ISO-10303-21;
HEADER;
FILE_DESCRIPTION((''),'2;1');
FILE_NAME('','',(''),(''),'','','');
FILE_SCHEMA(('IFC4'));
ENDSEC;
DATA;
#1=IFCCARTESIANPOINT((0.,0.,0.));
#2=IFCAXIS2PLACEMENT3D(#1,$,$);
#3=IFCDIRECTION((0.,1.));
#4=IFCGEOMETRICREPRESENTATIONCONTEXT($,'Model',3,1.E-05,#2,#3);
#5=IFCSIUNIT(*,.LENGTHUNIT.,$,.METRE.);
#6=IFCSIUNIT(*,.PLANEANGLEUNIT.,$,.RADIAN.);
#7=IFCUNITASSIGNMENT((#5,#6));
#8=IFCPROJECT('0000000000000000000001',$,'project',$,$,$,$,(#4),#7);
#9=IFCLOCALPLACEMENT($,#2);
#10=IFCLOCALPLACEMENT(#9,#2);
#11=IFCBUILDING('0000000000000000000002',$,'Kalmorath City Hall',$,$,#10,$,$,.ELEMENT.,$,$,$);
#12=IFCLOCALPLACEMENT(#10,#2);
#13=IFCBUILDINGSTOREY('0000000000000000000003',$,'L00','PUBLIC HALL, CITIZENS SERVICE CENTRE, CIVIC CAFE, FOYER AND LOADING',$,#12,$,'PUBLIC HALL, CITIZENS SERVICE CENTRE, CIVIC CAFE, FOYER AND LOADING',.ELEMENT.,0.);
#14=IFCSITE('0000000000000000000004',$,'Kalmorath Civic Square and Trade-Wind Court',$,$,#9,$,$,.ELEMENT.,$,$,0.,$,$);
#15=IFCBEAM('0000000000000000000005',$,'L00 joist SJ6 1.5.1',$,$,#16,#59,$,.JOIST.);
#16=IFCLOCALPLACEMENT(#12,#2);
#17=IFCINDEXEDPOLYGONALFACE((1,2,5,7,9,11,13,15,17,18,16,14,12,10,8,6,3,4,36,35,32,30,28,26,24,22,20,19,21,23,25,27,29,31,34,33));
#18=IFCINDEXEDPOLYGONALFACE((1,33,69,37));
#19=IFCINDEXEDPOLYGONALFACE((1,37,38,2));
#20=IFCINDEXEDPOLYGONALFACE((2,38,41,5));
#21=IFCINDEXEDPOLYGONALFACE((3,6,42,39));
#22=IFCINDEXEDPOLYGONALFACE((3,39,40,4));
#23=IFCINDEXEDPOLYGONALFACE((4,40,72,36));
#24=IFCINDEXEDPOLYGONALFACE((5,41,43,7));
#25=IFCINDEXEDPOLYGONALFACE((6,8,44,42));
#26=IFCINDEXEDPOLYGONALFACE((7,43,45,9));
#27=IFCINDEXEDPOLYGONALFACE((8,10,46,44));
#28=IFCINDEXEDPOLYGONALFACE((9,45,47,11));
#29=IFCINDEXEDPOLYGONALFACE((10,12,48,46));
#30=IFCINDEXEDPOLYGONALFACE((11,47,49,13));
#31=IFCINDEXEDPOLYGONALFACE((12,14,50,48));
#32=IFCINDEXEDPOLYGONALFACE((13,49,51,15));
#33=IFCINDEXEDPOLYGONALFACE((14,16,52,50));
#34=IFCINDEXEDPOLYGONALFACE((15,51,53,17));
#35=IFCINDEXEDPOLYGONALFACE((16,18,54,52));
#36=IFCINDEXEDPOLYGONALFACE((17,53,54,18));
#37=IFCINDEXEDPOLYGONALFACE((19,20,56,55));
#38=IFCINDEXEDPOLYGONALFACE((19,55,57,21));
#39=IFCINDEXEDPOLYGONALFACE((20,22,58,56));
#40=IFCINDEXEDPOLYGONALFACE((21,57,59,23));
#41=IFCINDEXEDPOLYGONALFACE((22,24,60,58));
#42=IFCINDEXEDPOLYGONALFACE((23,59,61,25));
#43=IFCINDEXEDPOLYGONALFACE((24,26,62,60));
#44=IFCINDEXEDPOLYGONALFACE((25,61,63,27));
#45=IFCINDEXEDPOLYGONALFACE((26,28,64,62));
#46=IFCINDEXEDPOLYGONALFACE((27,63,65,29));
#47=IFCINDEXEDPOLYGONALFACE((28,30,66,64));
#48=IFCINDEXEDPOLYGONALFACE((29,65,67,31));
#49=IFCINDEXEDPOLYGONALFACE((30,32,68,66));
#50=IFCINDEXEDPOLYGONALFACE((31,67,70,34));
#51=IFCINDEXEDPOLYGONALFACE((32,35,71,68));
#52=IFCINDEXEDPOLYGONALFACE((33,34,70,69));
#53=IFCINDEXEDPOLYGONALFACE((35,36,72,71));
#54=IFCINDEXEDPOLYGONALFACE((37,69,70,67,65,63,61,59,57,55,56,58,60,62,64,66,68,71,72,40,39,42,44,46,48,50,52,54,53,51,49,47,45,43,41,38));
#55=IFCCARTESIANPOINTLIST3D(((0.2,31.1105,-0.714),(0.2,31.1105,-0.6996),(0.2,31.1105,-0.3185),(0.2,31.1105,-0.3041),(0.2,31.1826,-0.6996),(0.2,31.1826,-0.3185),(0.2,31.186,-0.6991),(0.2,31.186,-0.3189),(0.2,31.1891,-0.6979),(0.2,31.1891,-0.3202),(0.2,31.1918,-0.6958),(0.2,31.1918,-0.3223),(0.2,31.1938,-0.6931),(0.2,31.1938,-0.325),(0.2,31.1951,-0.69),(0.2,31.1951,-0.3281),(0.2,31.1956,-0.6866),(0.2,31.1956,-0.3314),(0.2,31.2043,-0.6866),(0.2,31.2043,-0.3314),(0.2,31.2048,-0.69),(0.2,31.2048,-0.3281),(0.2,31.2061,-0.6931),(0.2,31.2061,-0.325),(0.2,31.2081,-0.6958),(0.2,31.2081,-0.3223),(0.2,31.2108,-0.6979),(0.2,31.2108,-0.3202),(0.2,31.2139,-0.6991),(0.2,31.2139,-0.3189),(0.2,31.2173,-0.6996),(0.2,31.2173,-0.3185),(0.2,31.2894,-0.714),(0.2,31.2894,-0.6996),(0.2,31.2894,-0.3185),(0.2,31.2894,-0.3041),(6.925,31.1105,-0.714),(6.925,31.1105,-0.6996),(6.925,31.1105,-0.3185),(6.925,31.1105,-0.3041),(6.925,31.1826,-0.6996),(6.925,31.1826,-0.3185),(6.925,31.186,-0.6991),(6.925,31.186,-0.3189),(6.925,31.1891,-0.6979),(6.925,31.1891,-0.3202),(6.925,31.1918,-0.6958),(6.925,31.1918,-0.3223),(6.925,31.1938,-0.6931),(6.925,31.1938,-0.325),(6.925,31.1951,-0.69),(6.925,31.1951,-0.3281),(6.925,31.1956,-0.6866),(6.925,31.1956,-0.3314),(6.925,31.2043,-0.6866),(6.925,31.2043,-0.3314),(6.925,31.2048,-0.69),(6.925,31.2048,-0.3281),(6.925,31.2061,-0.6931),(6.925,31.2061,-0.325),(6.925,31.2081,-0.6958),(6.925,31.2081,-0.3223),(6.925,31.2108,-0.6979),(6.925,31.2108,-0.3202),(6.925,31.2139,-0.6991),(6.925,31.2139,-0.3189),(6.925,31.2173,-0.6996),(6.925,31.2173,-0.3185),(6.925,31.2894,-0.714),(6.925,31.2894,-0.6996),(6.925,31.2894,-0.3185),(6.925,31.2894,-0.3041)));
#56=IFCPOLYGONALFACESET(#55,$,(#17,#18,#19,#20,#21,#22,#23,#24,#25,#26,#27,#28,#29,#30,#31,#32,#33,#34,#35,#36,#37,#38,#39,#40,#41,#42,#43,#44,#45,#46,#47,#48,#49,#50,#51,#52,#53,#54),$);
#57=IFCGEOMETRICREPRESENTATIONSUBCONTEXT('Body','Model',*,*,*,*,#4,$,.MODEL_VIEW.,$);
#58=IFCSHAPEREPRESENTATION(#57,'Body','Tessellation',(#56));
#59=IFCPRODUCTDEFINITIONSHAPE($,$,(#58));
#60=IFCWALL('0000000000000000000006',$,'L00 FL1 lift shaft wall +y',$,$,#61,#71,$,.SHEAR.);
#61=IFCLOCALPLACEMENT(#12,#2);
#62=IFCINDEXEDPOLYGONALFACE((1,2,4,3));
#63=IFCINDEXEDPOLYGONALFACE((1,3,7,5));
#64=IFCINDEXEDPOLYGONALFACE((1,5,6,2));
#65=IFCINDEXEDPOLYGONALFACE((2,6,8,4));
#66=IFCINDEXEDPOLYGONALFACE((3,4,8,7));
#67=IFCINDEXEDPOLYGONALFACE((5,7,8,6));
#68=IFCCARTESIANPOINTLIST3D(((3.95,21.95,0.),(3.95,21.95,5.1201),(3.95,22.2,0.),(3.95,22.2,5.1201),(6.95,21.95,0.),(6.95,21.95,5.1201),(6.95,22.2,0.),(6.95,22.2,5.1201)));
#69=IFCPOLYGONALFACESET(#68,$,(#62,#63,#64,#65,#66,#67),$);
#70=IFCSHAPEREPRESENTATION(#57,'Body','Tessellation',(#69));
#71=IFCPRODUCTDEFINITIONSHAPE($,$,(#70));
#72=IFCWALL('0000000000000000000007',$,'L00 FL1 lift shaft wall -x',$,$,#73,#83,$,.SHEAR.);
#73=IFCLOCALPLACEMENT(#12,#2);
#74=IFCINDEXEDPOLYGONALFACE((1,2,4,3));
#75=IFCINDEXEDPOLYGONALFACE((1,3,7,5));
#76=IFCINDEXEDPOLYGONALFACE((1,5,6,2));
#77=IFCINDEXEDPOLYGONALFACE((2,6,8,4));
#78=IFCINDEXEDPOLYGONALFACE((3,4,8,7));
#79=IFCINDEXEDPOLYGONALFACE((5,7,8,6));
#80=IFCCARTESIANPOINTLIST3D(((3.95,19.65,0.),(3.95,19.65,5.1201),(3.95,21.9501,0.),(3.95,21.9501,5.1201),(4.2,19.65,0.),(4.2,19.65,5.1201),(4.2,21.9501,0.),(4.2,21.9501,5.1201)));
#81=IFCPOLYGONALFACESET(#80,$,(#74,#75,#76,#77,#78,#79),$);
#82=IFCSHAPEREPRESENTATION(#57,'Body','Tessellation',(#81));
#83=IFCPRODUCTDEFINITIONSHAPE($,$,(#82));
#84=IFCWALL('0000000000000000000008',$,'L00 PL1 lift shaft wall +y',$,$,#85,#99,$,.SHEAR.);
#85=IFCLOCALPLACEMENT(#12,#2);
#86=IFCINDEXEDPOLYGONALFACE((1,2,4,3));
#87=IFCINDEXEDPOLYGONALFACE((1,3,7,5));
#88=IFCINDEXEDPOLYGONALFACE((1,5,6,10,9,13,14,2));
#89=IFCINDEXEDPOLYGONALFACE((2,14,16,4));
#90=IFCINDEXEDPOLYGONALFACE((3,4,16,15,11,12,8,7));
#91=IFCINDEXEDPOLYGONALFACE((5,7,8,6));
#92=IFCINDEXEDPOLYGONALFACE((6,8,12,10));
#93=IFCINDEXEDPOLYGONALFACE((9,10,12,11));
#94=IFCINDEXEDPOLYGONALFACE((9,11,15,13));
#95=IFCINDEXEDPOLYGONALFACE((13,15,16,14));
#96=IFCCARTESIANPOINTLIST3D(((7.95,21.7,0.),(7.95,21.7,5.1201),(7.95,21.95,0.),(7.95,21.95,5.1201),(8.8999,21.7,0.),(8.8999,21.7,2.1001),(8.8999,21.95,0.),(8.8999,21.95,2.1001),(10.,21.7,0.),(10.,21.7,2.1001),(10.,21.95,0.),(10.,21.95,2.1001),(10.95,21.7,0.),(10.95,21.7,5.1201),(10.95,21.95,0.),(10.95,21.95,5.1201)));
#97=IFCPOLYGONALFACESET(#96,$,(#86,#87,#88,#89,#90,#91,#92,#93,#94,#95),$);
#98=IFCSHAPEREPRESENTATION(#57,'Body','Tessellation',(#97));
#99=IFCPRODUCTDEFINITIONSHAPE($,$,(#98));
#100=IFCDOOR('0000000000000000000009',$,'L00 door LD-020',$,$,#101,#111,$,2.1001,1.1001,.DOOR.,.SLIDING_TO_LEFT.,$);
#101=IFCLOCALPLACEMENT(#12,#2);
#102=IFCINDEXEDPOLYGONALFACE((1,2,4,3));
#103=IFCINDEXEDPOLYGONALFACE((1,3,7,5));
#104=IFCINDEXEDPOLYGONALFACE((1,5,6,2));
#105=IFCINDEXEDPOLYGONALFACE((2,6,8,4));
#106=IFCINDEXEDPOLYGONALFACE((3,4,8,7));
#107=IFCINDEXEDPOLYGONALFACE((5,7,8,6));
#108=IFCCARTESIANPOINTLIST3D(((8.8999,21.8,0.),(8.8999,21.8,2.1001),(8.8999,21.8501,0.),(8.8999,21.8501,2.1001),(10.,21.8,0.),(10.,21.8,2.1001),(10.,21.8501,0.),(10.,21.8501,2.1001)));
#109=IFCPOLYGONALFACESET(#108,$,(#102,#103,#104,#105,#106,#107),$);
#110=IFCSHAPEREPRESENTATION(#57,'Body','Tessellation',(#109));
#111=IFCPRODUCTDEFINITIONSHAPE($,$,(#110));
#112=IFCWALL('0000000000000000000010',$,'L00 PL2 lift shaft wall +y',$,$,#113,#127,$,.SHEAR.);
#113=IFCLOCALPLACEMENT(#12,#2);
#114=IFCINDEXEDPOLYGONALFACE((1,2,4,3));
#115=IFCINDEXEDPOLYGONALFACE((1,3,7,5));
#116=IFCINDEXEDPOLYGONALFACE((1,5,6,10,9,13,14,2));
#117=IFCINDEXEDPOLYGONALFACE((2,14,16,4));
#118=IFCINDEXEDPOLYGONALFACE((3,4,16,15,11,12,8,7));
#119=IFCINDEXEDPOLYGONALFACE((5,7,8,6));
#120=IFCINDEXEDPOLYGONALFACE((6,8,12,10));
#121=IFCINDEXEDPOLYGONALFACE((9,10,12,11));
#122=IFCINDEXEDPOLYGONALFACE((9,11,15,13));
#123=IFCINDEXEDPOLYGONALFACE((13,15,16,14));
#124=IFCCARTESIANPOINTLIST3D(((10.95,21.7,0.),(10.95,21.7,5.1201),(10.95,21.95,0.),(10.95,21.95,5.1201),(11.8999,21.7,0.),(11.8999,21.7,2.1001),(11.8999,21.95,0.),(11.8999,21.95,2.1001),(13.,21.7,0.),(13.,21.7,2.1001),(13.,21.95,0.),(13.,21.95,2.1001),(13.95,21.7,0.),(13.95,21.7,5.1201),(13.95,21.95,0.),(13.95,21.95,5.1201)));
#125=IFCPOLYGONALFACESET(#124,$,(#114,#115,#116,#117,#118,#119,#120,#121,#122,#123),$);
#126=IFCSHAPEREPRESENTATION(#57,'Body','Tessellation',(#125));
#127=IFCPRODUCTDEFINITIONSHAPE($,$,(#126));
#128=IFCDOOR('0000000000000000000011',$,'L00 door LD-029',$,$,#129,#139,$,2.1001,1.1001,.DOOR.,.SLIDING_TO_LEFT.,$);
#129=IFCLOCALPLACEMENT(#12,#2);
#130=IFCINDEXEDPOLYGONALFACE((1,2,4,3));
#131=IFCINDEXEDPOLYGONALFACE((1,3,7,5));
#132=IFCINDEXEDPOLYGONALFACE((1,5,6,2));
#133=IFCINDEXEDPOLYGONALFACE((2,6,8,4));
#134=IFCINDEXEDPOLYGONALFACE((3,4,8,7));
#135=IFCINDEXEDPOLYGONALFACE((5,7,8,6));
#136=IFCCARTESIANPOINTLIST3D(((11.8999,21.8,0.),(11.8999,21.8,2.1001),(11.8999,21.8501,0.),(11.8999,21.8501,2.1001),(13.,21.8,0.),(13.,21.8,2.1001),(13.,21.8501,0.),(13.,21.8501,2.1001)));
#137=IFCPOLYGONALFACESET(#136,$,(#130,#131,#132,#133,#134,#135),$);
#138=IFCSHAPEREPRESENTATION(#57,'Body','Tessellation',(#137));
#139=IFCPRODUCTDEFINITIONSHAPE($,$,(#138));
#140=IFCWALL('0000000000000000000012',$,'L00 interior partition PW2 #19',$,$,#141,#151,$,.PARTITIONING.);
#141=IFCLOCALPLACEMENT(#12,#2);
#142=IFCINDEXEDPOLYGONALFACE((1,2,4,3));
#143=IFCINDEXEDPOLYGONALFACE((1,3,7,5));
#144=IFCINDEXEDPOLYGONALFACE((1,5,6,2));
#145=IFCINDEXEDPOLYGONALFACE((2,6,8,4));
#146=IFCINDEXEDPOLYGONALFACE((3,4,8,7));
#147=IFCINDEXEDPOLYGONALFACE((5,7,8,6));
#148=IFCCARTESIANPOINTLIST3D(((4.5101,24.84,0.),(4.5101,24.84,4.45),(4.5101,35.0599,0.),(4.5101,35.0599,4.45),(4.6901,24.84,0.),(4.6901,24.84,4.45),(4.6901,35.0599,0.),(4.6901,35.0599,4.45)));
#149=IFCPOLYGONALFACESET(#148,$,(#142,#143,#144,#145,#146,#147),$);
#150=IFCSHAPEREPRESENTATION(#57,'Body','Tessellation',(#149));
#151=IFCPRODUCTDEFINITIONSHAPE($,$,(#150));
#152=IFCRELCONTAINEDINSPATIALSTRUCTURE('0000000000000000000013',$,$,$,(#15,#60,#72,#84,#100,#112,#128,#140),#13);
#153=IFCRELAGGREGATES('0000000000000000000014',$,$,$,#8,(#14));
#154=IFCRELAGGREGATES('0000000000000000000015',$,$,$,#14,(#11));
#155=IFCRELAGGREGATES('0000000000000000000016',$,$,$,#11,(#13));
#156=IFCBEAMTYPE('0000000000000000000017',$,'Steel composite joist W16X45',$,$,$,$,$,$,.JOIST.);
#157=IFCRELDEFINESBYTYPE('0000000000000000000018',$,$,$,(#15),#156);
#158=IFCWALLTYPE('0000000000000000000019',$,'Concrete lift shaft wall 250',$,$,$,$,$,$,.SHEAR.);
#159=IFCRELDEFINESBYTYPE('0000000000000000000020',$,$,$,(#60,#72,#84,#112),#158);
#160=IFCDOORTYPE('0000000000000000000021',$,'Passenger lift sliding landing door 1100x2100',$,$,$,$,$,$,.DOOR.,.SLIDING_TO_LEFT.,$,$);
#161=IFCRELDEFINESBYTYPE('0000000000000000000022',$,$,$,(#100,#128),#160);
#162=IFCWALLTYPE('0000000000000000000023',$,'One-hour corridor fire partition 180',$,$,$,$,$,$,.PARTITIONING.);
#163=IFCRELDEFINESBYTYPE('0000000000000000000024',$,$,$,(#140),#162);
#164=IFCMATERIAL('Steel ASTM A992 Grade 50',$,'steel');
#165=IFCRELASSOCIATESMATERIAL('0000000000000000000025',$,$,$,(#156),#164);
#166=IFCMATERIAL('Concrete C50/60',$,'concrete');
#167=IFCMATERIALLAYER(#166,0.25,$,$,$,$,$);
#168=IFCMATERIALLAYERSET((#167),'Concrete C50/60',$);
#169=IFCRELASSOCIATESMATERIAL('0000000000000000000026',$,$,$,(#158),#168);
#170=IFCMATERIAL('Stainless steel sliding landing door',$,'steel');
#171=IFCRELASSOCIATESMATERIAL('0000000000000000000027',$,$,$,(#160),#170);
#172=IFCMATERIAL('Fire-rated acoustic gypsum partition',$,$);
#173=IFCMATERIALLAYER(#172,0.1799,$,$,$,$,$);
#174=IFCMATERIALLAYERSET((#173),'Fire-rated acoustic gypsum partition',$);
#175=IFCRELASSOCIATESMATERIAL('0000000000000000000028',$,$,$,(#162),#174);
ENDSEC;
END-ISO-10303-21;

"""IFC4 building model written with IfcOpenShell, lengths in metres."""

from ifc_helpers import new_model, si_unit, direction, frame, frame_2d, origin, origin_2d, place, context, subcontext, project, spatial, rectangle, i_section, extrude, material, layer, layer_set, material_profile, profile_set, type_object, element, fill, save


model = new_model("IFC4")

# Units and contexts
model_context = context("Model", 3, precision=1e-05, world=origin(), true_north=direction((0.0, 1.0)))
body_context = subcontext(model_context, "Body", "Model", "MODEL_VIEW")
ifc_project = project(units=[si_unit("LENGTHUNIT", "METRE"), si_unit("PLANEANGLEUNIT", "RADIAN")], contexts=[model_context])

# Site, building, storey
site_placement = place(None, origin())
site = spatial("IfcSite", under=ifc_project, at=site_placement, Name="Kalmorath Civic Square and Trade-Wind Court", CompositionType="ELEMENT", RefElevation=0.0)
building_placement = place(site_placement, origin())
building = spatial("IfcBuilding", under=site, at=building_placement, Name="Kalmorath City Hall", CompositionType="ELEMENT")
storey_placement = place(building_placement, origin())
storey = spatial("IfcBuildingStorey", under=building, at=storey_placement, Name="L00", Description="PUBLIC HALL, CITIZENS SERVICE CENTRE, CIVIC CAFE, FOYER AND LOADING", LongName="PUBLIC HALL, CITIZENS SERVICE CENTRE, CIVIC CAFE, FOYER AND LOADING", CompositionType="ELEMENT", Elevation=0.0)

# Beam
ifc_material_1 = material(Name="Steel ASTM A992 Grade 50", Category="steel")
ifc_material_profile_1 = material_profile(ifc_material_1, i_section(OverallWidth=0.179, OverallDepth=0.4099, WebThickness=0.0088, FlangeThickness=0.0144, FilletRadius=0.0129, at=origin_2d()), Name="W16X45")
ifc_profile_set_1 = profile_set([ifc_material_profile_1], Name="Steel ASTM A992 Grade 50")
beam_type_1 = type_object("IfcBeamType", Name="Steel composite joist W16X45", PredefinedType="JOIST", material=ifc_profile_set_1)
beam_1_placement = place(storey_placement, frame((0.2, 31.2, -0.509), z_axis=(1.0, 0.0, 0.0), x_axis=(0.0, 1.0, 0.0)))
element("IfcBeam", 1, at=beam_1_placement, inside=storey, type_object=beam_type_1, Name="L00 joist SJ6 1.5.1", PredefinedType="JOIST", context=body_context, shape_type="SweptSolid", body=[
    extrude(i_section(OverallWidth=0.179, OverallDepth=0.4099, WebThickness=0.0088, FlangeThickness=0.0144, FilletRadius=0.0129, at=origin_2d()), origin(), (0.0, 0.0, 1.0), 6.7251),
])

# Walls
ifc_material_2 = material(Name="Concrete C50/60", Category="concrete")
ifc_layer_1 = layer(ifc_material_2, 0.25)
ifc_layer_set_1 = layer_set([ifc_layer_1], Name="Concrete C50/60")
wall_type_1 = type_object("IfcWallType", Name="Concrete lift shaft wall 250", PredefinedType="SHEAR", material=ifc_layer_set_1)
wall_1_placement = place(storey_placement, frame((6.95, 22.075, 0.0), z_axis=(0.0, 0.0, 1.0), x_axis=(-1.0, 0.0, 0.0)))
element("IfcWall", 2, at=wall_1_placement, inside=storey, type_object=wall_type_1, Name="L00 FL1 lift shaft wall +y", PredefinedType="SHEAR", context=body_context, shape_type="SweptSolid", body=[
    extrude(rectangle(XDim=3.0, YDim=0.25, at=frame_2d((1.5, 0.0))), origin(), (0.0, 0.0, 1.0), 5.1201),
])
wall_2_placement = place(storey_placement, frame((4.075, 21.95, 0.0), z_axis=(0.0, 0.0, 1.0), x_axis=(0.0, -1.0, 0.0)))
element("IfcWall", 3, at=wall_2_placement, inside=storey, type_object=wall_type_1, Name="L00 FL1 lift shaft wall -x", PredefinedType="SHEAR", context=body_context, shape_type="SweptSolid", body=[
    extrude(rectangle(XDim=2.3, YDim=0.25, at=frame_2d((1.1499, 0.0))), origin(), (0.0, 0.0, 1.0), 5.1201),
])

# Walls, openings, doors
wall_3_placement = place(storey_placement, frame((10.95, 21.825, 0.0), z_axis=(0.0, 0.0, 1.0), x_axis=(-1.0, 0.0, 0.0)))
wall_3 = element("IfcWall", 4, at=wall_3_placement, inside=storey, type_object=wall_type_1, Name="L00 PL1 lift shaft wall +y", PredefinedType="SHEAR", context=body_context, shape_type="SweptSolid", body=[
    extrude(rectangle(XDim=3.0, YDim=0.25, at=frame_2d((1.5, 0.0))), origin(), (0.0, 0.0, 1.0), 5.1201),
])
opening_1_placement = place(wall_3_placement, frame((0.95, 0.0, 0.0)))
opening_1 = element("IfcOpeningElement", 5, at=opening_1_placement, cuts=wall_3, PredefinedType="OPENING", context=body_context, shape_type="SweptSolid", body=[
    extrude(rectangle(XDim=1.1001, YDim=2.1001, at=frame_2d((0.55, 1.05))), frame((0.0, 0.135, 0.0), z_axis=(0.0, -1.0, 0.0), x_axis=(1.0, 0.0, 0.0)), (0.0, 0.0, 1.0), 0.27),
])
ifc_material_3 = material(Name="Stainless steel sliding landing door", Category="steel")
door_type_1 = type_object("IfcDoorType", Name="Passenger lift sliding landing door 1100x2100", OperationType="SLIDING_TO_LEFT", PredefinedType="DOOR", material=ifc_material_3)
door_1_placement = place(opening_1_placement, origin())
door_1 = element("IfcDoor", 6, at=door_1_placement, inside=storey, type_object=door_type_1, Name="L00 door LD-020", OperationType="SLIDING_TO_LEFT", OverallHeight=2.1001, OverallWidth=1.1001, PredefinedType="DOOR", context=body_context, shape_type="SweptSolid", body=[
    extrude(rectangle(XDim=1.1001, YDim=2.1001, at=frame_2d((0.55, 1.05))), frame((0.0, 0.0249, 0.0), z_axis=(0.0, -1.0, 0.0), x_axis=(1.0, 0.0, 0.0)), (0.0, 0.0, 1.0), 0.05),
])
fill(opening_1, door_1)
wall_4_placement = place(storey_placement, frame((13.95, 21.825, 0.0), z_axis=(0.0, 0.0, 1.0), x_axis=(-1.0, 0.0, 0.0)))
wall_4 = element("IfcWall", 7, at=wall_4_placement, inside=storey, type_object=wall_type_1, Name="L00 PL2 lift shaft wall +y", PredefinedType="SHEAR", context=body_context, shape_type="SweptSolid", body=[
    extrude(rectangle(XDim=3.0, YDim=0.25, at=frame_2d((1.5, 0.0))), origin(), (0.0, 0.0, 1.0), 5.1201),
])
opening_2_placement = place(wall_4_placement, frame((0.95, 0.0, 0.0)))
opening_2 = element("IfcOpeningElement", 8, at=opening_2_placement, cuts=wall_4, PredefinedType="OPENING", context=body_context, shape_type="SweptSolid", body=[
    extrude(rectangle(XDim=1.1001, YDim=2.1001, at=frame_2d((0.55, 1.05))), frame((0.0, 0.135, 0.0), z_axis=(0.0, -1.0, 0.0), x_axis=(1.0, 0.0, 0.0)), (0.0, 0.0, 1.0), 0.27),
])
door_2_placement = place(opening_2_placement, origin())
door_2 = element("IfcDoor", 9, at=door_2_placement, inside=storey, type_object=door_type_1, Name="L00 door LD-029", OperationType="SLIDING_TO_LEFT", OverallHeight=2.1001, OverallWidth=1.1001, PredefinedType="DOOR", context=body_context, shape_type="SweptSolid", body=[
    extrude(rectangle(XDim=1.1001, YDim=2.1001, at=frame_2d((0.55, 1.05))), frame((0.0, 0.0249, 0.0), z_axis=(0.0, -1.0, 0.0), x_axis=(1.0, 0.0, 0.0)), (0.0, 0.0, 1.0), 0.05),
])
fill(opening_2, door_2)

# Wall
ifc_material_4 = material(Name="Fire-rated acoustic gypsum partition")
ifc_layer_2 = layer(ifc_material_4, 0.1799)
ifc_layer_set_2 = layer_set([ifc_layer_2], Name="Fire-rated acoustic gypsum partition")
wall_type_2 = type_object("IfcWallType", Name="One-hour corridor fire partition 180", PredefinedType="PARTITIONING", material=ifc_layer_set_2)
wall_5_placement = place(storey_placement, frame((4.6001, 24.8401, 0.0), z_axis=(0.0, 0.0, 1.0), x_axis=(0.0, 1.0, 0.0)))
element("IfcWall", 10, at=wall_5_placement, inside=storey, type_object=wall_type_2, Name="L00 interior partition PW2 #19", PredefinedType="PARTITIONING", context=body_context, shape_type="SweptSolid", body=[
    extrude(rectangle(XDim=10.22, YDim=0.1799, at=frame_2d((5.1099, 0.0))), origin(), (0.0, 0.0, 1.0), 4.45),
])

save(model, "model.ifc")
